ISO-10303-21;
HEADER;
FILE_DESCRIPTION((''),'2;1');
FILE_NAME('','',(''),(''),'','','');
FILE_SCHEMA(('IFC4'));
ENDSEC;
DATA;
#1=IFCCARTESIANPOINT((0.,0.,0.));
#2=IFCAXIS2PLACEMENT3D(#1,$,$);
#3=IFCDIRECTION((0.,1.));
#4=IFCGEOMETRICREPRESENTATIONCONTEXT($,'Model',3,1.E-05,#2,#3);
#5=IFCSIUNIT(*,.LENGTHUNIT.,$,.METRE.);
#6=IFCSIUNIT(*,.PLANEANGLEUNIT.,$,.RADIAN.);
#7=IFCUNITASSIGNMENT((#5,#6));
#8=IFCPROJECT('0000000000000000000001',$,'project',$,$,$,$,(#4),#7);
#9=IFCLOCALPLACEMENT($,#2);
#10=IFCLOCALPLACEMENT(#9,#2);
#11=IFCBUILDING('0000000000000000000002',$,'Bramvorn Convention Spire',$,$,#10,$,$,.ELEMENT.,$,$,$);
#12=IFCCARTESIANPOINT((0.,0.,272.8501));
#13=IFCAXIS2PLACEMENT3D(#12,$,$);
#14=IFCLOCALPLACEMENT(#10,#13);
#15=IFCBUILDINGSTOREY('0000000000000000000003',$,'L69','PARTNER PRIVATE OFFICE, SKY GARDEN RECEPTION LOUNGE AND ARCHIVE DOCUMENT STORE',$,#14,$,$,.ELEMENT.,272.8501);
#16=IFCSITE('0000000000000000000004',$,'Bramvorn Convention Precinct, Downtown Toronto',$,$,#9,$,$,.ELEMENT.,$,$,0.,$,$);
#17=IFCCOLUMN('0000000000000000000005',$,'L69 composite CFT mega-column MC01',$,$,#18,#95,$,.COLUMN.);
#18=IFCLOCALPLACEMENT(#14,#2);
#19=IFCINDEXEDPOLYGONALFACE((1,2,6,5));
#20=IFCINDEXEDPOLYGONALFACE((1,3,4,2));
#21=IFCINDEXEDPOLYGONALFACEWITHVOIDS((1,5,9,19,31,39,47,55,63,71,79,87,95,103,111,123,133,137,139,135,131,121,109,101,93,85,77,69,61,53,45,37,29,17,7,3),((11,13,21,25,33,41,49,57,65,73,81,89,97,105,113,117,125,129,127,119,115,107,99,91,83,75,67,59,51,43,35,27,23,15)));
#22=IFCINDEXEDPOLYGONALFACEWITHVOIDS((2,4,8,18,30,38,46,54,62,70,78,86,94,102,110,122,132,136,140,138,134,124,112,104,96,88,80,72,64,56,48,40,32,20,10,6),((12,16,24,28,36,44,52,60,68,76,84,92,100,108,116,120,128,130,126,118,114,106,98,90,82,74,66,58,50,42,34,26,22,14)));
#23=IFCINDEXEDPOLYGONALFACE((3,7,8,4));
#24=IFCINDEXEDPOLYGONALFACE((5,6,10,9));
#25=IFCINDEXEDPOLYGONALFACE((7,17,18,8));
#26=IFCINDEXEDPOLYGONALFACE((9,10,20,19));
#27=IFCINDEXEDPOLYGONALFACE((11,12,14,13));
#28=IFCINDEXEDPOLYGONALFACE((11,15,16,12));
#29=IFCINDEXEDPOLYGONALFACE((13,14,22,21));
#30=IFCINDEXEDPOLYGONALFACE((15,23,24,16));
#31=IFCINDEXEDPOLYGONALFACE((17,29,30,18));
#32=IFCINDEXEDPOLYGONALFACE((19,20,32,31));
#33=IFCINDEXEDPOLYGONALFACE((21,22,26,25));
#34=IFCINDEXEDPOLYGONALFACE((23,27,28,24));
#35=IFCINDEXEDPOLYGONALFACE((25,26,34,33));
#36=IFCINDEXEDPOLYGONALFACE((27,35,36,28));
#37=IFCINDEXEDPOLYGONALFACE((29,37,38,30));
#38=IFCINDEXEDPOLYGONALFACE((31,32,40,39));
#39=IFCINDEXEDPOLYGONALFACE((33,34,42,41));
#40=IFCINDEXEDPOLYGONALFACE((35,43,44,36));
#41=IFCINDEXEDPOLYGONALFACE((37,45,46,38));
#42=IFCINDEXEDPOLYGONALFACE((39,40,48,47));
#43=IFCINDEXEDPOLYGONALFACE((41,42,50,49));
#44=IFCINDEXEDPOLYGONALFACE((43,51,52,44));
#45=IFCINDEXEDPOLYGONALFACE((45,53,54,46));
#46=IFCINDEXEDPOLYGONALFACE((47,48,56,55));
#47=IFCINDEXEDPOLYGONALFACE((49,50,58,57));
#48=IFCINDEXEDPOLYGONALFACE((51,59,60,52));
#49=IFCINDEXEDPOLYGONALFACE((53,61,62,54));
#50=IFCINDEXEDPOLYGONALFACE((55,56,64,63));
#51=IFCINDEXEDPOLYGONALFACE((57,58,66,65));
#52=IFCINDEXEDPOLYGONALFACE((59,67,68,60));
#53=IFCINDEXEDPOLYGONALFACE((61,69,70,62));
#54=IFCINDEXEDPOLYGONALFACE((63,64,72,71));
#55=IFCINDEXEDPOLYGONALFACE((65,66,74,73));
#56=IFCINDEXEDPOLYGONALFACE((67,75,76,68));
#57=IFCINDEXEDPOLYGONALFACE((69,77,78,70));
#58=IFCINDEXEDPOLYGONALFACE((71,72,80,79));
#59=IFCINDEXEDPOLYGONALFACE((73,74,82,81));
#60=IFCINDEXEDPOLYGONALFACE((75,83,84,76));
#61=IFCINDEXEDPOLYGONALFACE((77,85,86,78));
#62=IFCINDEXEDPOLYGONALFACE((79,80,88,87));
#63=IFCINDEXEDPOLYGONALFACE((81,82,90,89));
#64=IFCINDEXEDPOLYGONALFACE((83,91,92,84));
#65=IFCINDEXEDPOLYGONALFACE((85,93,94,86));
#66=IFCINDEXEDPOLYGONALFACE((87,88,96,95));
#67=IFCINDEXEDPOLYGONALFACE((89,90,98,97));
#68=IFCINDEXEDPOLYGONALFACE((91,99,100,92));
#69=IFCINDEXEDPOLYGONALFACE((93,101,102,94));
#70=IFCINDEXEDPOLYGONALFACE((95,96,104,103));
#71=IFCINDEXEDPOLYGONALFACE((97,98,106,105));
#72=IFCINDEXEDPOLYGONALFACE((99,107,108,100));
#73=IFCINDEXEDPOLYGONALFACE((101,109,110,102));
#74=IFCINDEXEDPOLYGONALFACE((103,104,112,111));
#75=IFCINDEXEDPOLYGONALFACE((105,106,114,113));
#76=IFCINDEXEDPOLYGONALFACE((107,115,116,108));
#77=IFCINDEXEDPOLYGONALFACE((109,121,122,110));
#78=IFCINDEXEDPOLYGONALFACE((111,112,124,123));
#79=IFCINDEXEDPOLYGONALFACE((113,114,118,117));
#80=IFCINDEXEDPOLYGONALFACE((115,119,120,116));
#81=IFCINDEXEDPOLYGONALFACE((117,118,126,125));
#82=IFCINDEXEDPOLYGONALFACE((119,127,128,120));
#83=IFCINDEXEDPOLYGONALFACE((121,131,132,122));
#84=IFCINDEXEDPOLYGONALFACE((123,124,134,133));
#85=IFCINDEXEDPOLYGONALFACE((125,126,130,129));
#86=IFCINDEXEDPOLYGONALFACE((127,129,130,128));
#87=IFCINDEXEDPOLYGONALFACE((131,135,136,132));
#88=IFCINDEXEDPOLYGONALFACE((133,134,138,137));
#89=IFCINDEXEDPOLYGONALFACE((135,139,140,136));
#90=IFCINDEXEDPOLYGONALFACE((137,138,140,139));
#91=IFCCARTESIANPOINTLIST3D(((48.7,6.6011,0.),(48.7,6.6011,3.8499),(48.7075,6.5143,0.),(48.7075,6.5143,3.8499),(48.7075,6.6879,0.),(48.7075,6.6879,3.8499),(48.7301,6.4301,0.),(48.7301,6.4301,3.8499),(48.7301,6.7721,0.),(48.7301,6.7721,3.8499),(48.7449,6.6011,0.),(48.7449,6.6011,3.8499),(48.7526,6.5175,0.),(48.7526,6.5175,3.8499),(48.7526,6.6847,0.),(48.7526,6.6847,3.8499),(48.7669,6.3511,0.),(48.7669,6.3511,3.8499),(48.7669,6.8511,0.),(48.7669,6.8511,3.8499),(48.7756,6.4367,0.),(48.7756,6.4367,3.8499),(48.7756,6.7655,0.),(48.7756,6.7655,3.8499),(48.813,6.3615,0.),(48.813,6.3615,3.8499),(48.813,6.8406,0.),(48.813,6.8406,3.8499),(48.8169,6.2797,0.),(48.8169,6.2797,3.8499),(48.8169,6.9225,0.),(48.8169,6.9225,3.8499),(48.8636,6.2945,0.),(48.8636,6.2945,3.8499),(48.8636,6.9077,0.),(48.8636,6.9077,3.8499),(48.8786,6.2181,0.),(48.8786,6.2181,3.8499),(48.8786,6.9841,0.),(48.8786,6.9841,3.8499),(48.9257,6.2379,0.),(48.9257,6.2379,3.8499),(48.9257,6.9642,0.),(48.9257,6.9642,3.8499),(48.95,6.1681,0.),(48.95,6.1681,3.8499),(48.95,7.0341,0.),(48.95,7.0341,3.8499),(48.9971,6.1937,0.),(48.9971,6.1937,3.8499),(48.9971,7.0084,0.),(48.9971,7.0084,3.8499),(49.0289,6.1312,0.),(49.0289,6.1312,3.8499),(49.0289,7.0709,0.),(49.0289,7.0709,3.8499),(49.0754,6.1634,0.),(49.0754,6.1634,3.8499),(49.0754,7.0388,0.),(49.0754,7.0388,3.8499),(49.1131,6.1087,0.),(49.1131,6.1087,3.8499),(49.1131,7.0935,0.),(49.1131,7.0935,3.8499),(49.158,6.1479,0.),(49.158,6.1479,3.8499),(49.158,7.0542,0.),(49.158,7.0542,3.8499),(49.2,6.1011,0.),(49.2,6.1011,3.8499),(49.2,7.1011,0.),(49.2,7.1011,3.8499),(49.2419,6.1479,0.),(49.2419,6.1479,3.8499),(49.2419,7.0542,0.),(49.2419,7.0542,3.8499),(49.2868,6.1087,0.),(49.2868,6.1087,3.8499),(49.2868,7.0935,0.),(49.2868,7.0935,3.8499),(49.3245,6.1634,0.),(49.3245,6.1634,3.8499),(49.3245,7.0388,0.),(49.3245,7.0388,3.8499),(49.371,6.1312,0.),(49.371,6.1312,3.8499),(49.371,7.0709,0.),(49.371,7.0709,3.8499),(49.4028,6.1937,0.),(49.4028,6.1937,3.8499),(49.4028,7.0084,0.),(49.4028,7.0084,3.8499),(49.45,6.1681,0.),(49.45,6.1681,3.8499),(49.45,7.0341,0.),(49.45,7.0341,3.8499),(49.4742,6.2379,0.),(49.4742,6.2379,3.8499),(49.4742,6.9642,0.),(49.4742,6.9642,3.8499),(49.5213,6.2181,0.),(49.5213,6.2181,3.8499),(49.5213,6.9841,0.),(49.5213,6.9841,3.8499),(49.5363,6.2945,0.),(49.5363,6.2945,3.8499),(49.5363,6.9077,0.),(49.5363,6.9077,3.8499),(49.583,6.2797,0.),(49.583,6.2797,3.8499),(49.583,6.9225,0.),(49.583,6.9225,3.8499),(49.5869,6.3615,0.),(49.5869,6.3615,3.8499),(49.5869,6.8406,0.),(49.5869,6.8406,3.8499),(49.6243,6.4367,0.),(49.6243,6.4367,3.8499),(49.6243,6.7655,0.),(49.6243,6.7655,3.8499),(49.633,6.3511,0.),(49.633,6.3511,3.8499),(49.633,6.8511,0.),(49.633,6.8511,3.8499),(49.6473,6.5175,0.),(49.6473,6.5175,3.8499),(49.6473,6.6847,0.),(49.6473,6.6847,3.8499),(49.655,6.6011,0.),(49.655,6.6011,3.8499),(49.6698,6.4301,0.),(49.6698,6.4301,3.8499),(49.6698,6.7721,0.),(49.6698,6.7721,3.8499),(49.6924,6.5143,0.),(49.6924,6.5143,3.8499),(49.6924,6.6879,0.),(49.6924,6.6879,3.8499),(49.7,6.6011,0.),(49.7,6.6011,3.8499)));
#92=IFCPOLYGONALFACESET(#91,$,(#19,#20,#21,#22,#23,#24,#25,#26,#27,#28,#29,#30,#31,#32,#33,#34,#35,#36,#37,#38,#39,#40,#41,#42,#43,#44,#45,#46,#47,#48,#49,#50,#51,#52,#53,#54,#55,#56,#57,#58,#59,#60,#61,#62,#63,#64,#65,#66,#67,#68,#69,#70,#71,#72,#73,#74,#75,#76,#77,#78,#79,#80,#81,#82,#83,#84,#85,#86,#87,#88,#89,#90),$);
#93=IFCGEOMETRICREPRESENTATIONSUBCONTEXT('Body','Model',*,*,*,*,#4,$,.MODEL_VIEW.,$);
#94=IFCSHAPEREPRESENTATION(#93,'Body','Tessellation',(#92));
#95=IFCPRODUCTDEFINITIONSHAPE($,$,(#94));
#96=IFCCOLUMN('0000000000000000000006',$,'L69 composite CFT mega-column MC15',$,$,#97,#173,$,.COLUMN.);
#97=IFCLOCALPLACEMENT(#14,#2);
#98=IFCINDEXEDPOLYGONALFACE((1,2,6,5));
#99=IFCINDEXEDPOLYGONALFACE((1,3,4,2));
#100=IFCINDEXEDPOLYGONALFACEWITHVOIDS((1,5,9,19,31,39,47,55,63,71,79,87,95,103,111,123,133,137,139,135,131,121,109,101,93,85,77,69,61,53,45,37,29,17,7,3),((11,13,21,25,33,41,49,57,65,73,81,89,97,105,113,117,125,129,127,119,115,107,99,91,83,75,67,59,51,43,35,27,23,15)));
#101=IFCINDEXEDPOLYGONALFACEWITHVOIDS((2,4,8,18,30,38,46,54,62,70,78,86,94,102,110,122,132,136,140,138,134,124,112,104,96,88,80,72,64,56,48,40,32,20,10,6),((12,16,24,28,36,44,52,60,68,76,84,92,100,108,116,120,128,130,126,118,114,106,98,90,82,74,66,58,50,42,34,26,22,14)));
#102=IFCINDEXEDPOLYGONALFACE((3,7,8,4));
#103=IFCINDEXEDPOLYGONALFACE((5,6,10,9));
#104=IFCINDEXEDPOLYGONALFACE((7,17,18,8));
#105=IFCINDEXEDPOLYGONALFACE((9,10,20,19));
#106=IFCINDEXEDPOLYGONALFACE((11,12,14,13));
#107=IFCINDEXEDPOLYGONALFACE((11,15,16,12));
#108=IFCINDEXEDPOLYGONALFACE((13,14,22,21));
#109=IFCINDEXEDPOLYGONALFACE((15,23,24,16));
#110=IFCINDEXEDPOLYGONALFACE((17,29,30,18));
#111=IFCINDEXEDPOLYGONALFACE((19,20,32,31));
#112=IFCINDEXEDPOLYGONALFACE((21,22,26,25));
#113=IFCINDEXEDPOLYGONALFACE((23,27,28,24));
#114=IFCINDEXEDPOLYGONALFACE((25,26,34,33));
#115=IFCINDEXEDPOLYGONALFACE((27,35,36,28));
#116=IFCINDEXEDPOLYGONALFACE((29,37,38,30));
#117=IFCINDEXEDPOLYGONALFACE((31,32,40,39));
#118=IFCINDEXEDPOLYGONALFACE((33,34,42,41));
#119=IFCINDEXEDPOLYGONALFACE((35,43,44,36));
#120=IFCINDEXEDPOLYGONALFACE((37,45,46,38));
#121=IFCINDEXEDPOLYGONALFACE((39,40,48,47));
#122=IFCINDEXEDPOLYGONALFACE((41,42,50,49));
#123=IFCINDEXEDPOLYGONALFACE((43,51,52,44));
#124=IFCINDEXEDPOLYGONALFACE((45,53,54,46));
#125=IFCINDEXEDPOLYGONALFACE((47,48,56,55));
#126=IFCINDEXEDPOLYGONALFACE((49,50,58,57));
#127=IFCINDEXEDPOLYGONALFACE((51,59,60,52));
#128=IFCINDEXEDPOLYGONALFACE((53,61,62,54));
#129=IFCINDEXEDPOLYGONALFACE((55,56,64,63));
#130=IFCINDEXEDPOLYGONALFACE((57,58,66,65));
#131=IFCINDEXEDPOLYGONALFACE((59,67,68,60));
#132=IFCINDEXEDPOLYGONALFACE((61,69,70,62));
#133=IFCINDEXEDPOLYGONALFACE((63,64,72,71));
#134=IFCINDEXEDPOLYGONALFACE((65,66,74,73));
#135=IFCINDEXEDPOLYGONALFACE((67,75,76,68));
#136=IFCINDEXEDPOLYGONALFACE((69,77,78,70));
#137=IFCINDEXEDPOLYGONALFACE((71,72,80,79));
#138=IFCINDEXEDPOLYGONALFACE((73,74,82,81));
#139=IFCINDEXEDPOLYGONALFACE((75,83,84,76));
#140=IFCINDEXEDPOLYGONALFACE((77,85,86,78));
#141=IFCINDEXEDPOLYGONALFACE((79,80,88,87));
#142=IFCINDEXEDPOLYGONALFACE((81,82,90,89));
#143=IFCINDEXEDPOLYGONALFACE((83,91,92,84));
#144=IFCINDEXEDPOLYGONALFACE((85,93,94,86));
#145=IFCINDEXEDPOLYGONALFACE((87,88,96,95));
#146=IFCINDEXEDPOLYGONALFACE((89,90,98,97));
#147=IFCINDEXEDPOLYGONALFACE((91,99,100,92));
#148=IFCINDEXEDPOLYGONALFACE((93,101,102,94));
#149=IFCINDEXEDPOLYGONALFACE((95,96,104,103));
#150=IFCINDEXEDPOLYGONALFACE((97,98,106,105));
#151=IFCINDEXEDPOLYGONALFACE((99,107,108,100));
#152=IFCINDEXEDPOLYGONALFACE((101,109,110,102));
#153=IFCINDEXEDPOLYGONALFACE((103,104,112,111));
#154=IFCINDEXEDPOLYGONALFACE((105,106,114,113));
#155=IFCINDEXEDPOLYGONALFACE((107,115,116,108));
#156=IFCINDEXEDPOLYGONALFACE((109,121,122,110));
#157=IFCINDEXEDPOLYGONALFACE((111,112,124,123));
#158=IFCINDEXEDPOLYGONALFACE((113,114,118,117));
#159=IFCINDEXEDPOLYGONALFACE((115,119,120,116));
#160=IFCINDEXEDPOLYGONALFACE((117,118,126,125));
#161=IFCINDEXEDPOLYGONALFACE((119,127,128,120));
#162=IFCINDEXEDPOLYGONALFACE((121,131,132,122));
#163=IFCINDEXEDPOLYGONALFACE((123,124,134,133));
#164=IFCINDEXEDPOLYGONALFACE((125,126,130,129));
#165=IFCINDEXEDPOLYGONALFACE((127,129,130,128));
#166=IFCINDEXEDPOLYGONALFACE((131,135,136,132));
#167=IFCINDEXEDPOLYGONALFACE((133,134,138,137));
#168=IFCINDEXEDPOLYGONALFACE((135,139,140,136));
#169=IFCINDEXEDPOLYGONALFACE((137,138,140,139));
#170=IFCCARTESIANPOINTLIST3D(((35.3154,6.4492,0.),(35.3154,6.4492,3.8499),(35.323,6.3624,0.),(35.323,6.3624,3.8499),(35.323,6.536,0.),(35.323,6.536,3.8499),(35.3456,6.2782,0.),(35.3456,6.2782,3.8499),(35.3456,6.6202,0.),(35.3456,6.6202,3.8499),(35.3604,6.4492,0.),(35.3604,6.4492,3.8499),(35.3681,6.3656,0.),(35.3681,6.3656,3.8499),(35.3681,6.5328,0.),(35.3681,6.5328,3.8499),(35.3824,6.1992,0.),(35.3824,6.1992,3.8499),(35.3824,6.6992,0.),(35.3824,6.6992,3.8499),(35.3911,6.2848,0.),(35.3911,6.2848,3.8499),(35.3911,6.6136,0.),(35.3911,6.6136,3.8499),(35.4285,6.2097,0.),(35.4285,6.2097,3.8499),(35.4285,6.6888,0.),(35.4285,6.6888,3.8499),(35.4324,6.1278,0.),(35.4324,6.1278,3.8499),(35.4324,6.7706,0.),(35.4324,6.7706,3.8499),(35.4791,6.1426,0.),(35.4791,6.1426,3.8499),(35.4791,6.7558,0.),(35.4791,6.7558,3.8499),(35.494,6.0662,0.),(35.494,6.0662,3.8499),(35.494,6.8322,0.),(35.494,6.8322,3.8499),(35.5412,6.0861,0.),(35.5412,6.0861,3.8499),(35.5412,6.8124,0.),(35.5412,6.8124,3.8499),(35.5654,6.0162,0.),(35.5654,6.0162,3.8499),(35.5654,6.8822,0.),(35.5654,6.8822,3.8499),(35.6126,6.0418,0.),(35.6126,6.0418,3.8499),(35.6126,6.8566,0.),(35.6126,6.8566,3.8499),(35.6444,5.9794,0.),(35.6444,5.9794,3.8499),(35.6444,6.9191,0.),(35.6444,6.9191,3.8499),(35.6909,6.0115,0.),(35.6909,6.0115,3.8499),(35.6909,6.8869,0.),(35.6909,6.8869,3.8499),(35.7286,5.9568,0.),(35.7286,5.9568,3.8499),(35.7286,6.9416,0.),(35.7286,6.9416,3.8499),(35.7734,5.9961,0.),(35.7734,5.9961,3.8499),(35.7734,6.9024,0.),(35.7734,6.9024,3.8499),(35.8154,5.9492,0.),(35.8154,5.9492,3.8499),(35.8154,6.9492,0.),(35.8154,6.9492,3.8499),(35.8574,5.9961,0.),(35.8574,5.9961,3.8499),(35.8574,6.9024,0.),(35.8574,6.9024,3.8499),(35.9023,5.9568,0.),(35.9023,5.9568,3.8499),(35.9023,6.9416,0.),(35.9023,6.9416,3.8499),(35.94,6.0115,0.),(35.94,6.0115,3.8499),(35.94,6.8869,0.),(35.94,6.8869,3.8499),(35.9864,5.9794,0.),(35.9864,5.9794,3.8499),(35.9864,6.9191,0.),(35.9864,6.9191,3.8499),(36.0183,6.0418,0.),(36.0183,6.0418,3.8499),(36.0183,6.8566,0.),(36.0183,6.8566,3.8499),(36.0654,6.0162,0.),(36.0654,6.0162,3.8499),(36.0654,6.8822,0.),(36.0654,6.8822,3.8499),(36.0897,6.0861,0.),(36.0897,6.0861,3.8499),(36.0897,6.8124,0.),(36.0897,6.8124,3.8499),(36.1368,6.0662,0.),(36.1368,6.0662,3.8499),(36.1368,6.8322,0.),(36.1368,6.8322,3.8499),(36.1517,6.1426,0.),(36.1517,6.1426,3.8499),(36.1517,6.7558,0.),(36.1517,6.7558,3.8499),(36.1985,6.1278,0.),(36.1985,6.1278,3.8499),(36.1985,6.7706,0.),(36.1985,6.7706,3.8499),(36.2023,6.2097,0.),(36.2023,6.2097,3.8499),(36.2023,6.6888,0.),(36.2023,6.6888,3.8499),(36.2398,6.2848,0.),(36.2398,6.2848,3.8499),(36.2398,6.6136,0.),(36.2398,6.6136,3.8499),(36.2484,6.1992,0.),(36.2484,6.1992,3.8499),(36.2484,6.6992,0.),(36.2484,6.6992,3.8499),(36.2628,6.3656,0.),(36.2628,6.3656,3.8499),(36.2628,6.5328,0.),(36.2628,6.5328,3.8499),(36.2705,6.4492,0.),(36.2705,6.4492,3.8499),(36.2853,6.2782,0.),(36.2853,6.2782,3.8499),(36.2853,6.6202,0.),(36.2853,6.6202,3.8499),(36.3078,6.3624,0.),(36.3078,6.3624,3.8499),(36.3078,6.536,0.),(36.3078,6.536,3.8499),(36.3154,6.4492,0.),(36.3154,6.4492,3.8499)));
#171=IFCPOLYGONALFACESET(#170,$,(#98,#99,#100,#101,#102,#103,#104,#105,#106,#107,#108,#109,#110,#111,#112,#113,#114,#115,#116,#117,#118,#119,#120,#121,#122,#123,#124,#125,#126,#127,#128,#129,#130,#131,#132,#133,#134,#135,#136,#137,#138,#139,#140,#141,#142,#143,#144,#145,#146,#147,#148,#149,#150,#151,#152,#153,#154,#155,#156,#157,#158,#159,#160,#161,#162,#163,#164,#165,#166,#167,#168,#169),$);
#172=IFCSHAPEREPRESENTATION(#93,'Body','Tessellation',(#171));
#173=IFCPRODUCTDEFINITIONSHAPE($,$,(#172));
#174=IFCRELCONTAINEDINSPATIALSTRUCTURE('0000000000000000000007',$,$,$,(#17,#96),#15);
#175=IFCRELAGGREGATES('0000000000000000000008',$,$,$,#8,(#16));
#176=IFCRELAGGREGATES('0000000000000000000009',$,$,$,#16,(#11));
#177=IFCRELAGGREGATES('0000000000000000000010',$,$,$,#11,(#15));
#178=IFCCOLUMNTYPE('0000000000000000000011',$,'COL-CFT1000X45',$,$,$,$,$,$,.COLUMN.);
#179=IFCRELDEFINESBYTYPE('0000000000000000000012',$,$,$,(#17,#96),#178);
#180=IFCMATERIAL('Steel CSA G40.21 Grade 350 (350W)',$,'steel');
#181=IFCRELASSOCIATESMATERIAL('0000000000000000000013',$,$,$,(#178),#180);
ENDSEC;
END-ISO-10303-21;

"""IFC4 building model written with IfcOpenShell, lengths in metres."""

from ifc_helpers import new_model, si_unit, direction, frame, origin, origin_2d, place, context, subcontext, project, spatial, hollow_circle, extrude, material, material_profile, profile_set, type_object, element, save


model = new_model("IFC4")

# Units and contexts
model_context = context("Model", 3, precision=1e-05, world=origin(), true_north=direction((0.0, 1.0)))
body_context = subcontext(model_context, "Body", "Model", "MODEL_VIEW")
ifc_project = project(units=[si_unit("LENGTHUNIT", "METRE"), si_unit("PLANEANGLEUNIT", "RADIAN")], contexts=[model_context])

# Site, building, storey
site_placement = place(None, origin())
site = spatial("IfcSite", under=ifc_project, at=site_placement, Name="Bramvorn Convention Precinct, Downtown Toronto", CompositionType="ELEMENT", RefElevation=0.0)
building_placement = place(site_placement, origin())
building = spatial("IfcBuilding", under=site, at=building_placement, Name="Bramvorn Convention Spire", CompositionType="ELEMENT")
storey_placement = place(building_placement, frame((0.0, 0.0, 272.8501)))
storey = spatial("IfcBuildingStorey", under=building, at=storey_placement, Name="L69", Description="PARTNER PRIVATE OFFICE, SKY GARDEN RECEPTION LOUNGE AND ARCHIVE DOCUMENT STORE", CompositionType="ELEMENT", Elevation=272.8501)

# Columns
ifc_material_1 = material(Name="Steel CSA G40.21 Grade 350 (350W)", Category="steel")
ifc_material_profile_1 = material_profile(ifc_material_1, hollow_circle(Radius=0.5, WallThickness=0.0449, at=origin_2d()))
ifc_profile_set_1 = profile_set([ifc_material_profile_1], Name="Steel CSA G40.21 Grade 350 (350W) - CFT1000X45")
column_type = type_object("IfcColumnType", Name="COL-CFT1000X45", PredefinedType="COLUMN", material=ifc_profile_set_1)
for number, where, z_axis, x_axis, name in (
    (1, (49.2, 6.6011, 0.0), (0.0, 0.0, 1.0), (1.0, 0.0, 0.0), "L69 composite CFT mega-column MC01"),
    (2, (35.8154, 6.4492, 0.0), (0.0, 0.0, 1.0), (1.0, 0.0, 0.0), "L69 composite CFT mega-column MC15"),
):
    element("IfcColumn", number, at=place(storey_placement, frame(where, z_axis=z_axis, x_axis=x_axis)), inside=storey, type_object=column_type, Name=name, PredefinedType="COLUMN", context=body_context, shape_type="SweptSolid", body=[
        extrude(hollow_circle(Radius=0.5, WallThickness=0.0449, at=origin_2d()), origin(), (0.0, 0.0, 1.0), 3.8499),
    ])

save(model, "model.ifc")
